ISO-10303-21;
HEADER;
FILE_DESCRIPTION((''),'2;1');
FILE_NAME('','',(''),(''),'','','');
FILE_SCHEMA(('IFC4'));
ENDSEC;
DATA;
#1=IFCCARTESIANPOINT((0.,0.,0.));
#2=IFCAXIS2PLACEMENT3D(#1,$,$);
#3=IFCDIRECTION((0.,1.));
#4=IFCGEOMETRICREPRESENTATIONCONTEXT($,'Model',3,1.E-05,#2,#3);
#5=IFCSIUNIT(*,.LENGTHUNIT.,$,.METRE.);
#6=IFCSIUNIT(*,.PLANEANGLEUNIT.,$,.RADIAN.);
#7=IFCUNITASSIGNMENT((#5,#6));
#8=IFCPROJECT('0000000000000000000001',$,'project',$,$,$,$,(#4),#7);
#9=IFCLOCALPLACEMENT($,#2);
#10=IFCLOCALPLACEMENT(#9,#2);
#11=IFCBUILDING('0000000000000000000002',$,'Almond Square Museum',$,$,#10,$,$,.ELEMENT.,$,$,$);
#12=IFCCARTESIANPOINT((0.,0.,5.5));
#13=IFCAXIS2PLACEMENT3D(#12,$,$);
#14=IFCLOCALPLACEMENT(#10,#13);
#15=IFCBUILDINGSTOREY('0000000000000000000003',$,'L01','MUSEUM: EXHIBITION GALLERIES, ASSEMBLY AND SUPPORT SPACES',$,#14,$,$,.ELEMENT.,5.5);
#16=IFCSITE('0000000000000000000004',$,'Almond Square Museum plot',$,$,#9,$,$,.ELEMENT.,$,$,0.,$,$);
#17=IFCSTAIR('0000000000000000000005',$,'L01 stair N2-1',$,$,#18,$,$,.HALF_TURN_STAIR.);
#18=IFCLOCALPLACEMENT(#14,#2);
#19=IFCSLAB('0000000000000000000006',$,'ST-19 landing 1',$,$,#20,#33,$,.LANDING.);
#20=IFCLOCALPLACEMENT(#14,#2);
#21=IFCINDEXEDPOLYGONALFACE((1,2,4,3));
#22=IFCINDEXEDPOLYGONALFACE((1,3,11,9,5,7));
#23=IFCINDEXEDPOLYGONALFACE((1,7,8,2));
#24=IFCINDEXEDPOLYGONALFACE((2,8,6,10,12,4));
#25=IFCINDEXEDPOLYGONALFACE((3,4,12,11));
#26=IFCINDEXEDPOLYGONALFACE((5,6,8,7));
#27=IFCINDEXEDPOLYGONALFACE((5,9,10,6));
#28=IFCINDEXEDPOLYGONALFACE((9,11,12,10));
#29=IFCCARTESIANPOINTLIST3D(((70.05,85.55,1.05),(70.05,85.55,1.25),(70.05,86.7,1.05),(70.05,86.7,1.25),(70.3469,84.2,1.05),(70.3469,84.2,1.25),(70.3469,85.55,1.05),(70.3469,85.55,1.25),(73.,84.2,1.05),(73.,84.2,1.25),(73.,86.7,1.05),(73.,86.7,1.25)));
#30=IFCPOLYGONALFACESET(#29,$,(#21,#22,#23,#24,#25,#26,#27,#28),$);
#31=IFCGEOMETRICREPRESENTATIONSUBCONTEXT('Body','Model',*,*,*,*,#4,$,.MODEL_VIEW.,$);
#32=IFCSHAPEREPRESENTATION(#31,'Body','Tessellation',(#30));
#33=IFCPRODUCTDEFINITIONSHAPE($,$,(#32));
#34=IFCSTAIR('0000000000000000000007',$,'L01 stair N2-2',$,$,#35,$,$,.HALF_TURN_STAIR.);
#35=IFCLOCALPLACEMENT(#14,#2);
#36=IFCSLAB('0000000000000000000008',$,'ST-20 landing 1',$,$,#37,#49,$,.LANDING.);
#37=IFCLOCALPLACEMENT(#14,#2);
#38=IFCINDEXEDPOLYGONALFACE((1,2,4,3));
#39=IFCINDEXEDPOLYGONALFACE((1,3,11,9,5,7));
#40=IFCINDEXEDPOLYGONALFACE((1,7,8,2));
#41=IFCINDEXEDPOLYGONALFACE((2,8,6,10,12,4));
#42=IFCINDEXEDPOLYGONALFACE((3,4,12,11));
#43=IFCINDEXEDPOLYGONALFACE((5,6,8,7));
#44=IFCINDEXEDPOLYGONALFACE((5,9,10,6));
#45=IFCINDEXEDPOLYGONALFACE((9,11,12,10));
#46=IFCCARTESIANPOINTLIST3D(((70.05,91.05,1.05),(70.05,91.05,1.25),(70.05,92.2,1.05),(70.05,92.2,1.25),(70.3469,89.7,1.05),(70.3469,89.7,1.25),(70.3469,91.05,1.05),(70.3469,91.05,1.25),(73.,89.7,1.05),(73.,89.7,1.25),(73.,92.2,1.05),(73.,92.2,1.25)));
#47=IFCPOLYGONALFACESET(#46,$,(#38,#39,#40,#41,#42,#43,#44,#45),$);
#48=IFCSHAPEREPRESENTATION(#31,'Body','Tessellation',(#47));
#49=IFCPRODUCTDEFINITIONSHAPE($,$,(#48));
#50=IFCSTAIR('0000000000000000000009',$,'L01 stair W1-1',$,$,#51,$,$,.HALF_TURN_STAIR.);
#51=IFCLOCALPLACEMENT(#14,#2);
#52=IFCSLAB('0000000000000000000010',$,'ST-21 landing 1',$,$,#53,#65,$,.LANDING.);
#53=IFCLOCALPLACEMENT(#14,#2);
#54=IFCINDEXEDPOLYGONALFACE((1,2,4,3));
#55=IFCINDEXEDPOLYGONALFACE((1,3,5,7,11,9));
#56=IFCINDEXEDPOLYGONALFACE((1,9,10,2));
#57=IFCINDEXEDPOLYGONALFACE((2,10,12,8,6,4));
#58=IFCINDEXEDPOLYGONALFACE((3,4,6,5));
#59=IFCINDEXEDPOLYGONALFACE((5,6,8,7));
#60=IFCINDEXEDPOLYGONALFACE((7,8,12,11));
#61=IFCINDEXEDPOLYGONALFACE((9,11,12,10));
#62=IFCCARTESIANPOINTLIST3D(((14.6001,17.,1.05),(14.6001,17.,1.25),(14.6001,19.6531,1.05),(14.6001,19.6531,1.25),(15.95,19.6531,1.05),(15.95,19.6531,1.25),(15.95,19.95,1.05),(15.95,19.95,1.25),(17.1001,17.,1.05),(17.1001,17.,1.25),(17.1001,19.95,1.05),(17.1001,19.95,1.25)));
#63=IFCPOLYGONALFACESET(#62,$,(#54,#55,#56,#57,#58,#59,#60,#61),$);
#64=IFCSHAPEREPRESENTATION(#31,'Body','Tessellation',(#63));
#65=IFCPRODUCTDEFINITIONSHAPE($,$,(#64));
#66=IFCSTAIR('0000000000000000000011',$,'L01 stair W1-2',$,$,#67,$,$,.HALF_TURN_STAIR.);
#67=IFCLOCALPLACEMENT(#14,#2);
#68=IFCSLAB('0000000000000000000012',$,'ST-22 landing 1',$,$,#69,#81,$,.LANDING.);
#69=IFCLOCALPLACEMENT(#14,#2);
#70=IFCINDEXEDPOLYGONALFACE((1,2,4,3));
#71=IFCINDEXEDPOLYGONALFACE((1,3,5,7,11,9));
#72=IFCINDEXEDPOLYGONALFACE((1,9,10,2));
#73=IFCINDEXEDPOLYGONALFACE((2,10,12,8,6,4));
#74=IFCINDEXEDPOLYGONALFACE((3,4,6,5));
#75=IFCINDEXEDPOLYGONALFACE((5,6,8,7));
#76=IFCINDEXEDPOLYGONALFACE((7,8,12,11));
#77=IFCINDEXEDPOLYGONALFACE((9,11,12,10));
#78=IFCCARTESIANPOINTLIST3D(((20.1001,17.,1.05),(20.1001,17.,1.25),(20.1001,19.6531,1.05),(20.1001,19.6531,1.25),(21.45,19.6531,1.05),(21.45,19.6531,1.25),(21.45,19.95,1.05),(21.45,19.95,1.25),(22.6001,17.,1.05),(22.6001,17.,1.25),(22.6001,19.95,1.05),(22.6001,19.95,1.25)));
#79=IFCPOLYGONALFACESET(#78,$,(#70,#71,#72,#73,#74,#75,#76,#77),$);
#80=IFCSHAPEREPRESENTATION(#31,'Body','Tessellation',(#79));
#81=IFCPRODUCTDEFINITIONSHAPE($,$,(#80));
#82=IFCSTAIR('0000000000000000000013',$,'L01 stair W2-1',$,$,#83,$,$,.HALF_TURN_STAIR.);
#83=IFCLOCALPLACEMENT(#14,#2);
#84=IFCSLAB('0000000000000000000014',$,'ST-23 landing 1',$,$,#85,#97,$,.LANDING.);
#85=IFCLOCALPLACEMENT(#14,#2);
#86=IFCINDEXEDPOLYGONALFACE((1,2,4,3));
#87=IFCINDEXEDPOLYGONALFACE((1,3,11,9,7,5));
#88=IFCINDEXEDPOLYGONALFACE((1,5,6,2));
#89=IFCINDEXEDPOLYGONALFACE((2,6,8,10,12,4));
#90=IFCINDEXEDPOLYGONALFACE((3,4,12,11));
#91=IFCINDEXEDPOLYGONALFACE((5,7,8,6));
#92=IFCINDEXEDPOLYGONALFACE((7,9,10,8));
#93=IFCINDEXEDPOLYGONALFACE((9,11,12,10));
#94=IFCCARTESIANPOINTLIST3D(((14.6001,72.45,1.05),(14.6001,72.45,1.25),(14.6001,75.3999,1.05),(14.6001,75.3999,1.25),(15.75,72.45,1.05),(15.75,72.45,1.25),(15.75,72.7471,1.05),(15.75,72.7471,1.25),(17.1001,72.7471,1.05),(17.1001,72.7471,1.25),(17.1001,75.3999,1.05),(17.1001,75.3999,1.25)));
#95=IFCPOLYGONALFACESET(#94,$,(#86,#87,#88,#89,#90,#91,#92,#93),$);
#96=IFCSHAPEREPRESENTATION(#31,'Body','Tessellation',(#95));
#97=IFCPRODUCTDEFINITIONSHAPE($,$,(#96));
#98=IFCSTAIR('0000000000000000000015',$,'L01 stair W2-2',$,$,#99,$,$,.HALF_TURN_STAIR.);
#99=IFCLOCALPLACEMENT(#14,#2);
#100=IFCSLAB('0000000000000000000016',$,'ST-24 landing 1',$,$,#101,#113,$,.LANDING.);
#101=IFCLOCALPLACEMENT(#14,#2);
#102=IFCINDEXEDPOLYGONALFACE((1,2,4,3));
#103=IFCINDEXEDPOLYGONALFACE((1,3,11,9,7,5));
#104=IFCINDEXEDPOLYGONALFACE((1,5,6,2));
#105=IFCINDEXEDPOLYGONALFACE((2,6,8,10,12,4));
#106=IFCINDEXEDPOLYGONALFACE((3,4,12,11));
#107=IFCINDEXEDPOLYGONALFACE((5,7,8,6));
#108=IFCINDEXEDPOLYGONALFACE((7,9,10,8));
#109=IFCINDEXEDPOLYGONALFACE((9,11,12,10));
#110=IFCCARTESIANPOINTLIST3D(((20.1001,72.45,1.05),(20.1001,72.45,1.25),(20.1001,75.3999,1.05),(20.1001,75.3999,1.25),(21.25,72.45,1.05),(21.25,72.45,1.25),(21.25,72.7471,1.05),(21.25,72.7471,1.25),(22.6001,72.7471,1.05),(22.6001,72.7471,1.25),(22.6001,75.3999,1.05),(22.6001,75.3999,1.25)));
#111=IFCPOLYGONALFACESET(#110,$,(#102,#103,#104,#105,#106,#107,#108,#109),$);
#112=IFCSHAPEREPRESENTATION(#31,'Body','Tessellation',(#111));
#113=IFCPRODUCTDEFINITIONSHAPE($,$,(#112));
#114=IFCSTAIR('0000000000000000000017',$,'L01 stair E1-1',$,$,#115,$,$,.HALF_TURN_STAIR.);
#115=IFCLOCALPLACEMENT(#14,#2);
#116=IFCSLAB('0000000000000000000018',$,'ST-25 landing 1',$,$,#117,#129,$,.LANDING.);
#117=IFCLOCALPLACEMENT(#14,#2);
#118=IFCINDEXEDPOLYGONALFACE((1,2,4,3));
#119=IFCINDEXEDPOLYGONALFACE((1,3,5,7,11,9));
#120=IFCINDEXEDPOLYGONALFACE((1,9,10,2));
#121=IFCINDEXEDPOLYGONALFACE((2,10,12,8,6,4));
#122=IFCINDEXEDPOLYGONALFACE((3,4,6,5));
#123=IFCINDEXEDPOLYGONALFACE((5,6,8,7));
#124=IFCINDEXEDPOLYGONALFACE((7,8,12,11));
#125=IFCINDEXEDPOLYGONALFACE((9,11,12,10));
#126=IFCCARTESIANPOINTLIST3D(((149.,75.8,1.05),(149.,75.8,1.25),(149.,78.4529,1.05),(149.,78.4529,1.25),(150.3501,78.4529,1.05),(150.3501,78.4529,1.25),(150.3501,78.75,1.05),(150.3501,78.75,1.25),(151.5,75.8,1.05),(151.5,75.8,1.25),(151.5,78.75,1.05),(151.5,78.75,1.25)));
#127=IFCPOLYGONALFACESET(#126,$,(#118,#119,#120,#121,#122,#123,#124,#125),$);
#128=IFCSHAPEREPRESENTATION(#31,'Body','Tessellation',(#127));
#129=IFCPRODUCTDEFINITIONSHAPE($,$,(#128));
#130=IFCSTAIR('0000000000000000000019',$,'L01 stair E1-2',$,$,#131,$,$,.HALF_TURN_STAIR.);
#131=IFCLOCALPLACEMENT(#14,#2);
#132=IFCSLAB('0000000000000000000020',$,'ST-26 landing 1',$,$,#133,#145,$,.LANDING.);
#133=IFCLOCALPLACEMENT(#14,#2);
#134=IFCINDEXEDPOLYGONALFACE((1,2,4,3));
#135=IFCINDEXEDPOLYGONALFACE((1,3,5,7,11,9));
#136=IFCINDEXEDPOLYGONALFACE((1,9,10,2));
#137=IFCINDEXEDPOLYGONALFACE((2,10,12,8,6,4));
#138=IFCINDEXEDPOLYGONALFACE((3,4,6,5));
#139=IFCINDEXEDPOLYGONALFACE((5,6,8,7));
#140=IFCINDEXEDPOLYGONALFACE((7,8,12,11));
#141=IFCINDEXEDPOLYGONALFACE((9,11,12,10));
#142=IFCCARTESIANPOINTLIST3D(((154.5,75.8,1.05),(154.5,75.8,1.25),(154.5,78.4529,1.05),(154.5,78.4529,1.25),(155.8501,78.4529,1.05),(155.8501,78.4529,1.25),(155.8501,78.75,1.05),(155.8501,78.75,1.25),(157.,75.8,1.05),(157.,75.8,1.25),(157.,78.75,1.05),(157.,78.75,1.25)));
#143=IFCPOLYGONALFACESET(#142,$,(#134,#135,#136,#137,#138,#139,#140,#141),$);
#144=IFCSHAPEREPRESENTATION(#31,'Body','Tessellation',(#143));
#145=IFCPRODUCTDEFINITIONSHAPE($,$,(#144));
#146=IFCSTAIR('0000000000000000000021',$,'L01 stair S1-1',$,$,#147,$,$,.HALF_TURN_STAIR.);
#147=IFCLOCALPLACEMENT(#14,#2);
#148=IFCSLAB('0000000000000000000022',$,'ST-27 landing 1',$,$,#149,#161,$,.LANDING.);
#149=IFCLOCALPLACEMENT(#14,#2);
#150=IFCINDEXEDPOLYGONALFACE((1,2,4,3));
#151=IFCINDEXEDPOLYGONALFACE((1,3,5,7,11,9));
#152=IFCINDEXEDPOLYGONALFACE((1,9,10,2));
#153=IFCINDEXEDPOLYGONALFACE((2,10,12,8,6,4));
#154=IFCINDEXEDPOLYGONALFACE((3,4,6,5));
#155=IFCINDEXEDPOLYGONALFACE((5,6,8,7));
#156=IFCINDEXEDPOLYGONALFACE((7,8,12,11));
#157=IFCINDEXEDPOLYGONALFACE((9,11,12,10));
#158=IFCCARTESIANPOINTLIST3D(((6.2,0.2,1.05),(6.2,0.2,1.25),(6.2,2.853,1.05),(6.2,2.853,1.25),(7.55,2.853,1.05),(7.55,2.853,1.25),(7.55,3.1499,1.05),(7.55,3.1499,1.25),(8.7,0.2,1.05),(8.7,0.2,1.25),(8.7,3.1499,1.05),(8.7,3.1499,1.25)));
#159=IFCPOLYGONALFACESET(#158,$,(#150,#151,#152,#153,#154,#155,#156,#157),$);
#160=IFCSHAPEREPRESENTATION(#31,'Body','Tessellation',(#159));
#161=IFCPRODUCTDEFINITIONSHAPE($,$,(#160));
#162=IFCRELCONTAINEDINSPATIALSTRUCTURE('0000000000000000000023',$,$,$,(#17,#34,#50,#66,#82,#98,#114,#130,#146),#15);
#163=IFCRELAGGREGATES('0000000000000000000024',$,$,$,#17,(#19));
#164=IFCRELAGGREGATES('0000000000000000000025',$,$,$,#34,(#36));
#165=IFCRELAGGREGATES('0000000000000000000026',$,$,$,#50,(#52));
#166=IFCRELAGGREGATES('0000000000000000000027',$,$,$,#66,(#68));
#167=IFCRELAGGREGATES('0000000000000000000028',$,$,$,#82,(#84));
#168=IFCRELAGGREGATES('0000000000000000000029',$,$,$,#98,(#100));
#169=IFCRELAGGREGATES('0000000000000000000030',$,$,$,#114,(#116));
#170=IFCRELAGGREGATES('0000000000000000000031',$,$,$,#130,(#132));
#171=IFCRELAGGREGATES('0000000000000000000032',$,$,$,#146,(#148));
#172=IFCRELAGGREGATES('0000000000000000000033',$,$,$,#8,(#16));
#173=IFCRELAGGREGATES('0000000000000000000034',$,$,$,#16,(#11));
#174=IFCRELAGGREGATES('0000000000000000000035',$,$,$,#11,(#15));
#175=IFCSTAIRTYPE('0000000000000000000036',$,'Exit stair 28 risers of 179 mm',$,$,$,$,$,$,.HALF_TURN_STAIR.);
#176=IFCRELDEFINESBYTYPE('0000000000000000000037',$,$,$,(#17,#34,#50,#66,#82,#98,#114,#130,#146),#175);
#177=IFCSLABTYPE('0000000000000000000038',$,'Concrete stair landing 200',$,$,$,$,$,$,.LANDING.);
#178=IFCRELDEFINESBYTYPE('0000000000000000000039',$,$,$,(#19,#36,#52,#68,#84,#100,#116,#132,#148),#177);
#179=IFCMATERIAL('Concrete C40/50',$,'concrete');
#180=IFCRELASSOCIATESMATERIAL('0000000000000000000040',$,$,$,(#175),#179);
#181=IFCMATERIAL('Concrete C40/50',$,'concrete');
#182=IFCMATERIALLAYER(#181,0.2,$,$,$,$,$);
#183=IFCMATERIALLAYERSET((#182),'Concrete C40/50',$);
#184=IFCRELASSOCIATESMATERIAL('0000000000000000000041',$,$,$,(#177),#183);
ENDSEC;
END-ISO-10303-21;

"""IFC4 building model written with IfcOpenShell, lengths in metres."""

from ifc_helpers import new_model, si_unit, direction, frame, origin, place, context, subcontext, project, spatial, polyline, outline, extrude, material, layer, layer_set, type_object, element, aggregate, save


model = new_model("IFC4")

# Units and contexts
model_context = context("Model", 3, precision=1e-05, world=origin(), true_north=direction((0.0, 1.0)))
body_context = subcontext(model_context, "Body", "Model", "MODEL_VIEW")
ifc_project = project(units=[si_unit("LENGTHUNIT", "METRE"), si_unit("PLANEANGLEUNIT", "RADIAN")], contexts=[model_context])

# Site, building, storey
site_placement = place(None, origin())
site = spatial("IfcSite", under=ifc_project, at=site_placement, Name="Almond Square Museum plot", CompositionType="ELEMENT", RefElevation=0.0)
building_placement = place(site_placement, origin())
building = spatial("IfcBuilding", under=site, at=building_placement, Name="Almond Square Museum", CompositionType="ELEMENT")
storey_placement = place(building_placement, frame((0.0, 0.0, 5.5)))
storey = spatial("IfcBuildingStorey", under=building, at=storey_placement, Name="L01", Description="MUSEUM: EXHIBITION GALLERIES, ASSEMBLY AND SUPPORT SPACES", CompositionType="ELEMENT", Elevation=5.5)

# Stairs, slabs
ifc_material_1 = material(Name="Concrete C40/50", Category="concrete")
stair_type = type_object("IfcStairType", Name="Exit stair 28 risers of 179 mm", PredefinedType="HALF_TURN_STAIR", material=ifc_material_1)
ifc_material_2 = material(Name="Concrete C40/50", Category="concrete")
ifc_layer = layer(ifc_material_2, 0.2)
ifc_layer_set = layer_set([ifc_layer], Name="Concrete C40/50")
slab_type = type_object("IfcSlabType", Name="Concrete stair landing 200", PredefinedType="LANDING", material=ifc_layer_set)
stair_1_placement = place(storey_placement, origin())
stair_1 = element("IfcStair", 1, at=stair_1_placement, inside=storey, type_object=stair_type, Name="L01 stair N2-1", PredefinedType="HALF_TURN_STAIR")
slab_1_placement = place(storey_placement, frame((0.0, 0.0, 1.05)))
slab_1 = element("IfcSlab", 2, at=slab_1_placement, type_object=slab_type, Name="ST-19 landing 1", PredefinedType="LANDING", context=body_context, shape_type="SweptSolid", body=[
    extrude(outline(polyline([(70.3469, 84.2), (73.0, 84.2), (73.0, 86.7), (70.05, 86.7), (70.05, 85.55), (70.3469, 85.55), (70.3469, 84.2)])), origin(), (0.0, 0.0, 1.0), 0.2),
])
aggregate(stair_1, [slab_1])
stair_2_placement = place(storey_placement, origin())
stair_2 = element("IfcStair", 3, at=stair_2_placement, inside=storey, type_object=stair_type, Name="L01 stair N2-2", PredefinedType="HALF_TURN_STAIR")
slab_2_placement = place(storey_placement, frame((0.0, 0.0, 1.05)))
slab_2 = element("IfcSlab", 4, at=slab_2_placement, type_object=slab_type, Name="ST-20 landing 1", PredefinedType="LANDING", context=body_context, shape_type="SweptSolid", body=[
    extrude(outline(polyline([(70.3469, 89.7), (73.0, 89.7), (73.0, 92.2), (70.05, 92.2), (70.05, 91.05), (70.3469, 91.05), (70.3469, 89.7)])), origin(), (0.0, 0.0, 1.0), 0.2),
])
aggregate(stair_2, [slab_2])
stair_3_placement = place(storey_placement, origin())
stair_3 = element("IfcStair", 5, at=stair_3_placement, inside=storey, type_object=stair_type, Name="L01 stair W1-1", PredefinedType="HALF_TURN_STAIR")
slab_3_placement = place(storey_placement, frame((0.0, 0.0, 1.05)))
slab_3 = element("IfcSlab", 6, at=slab_3_placement, type_object=slab_type, Name="ST-21 landing 1", PredefinedType="LANDING", context=body_context, shape_type="SweptSolid", body=[
    extrude(outline(polyline([(14.6001, 19.6531), (14.6001, 17.0), (17.1001, 17.0), (17.1001, 19.95), (15.95, 19.95), (15.95, 19.6531), (14.6001, 19.6531)])), origin(), (0.0, 0.0, 1.0), 0.2),
])
aggregate(stair_3, [slab_3])
stair_4_placement = place(storey_placement, origin())
stair_4 = element("IfcStair", 7, at=stair_4_placement, inside=storey, type_object=stair_type, Name="L01 stair W1-2", PredefinedType="HALF_TURN_STAIR")
slab_4_placement = place(storey_placement, frame((0.0, 0.0, 1.05)))
slab_4 = element("IfcSlab", 8, at=slab_4_placement, type_object=slab_type, Name="ST-22 landing 1", PredefinedType="LANDING", context=body_context, shape_type="SweptSolid", body=[
    extrude(outline(polyline([(20.1001, 19.6531), (20.1001, 17.0), (22.6001, 17.0), (22.6001, 19.95), (21.45, 19.95), (21.45, 19.6531), (20.1001, 19.6531)])), origin(), (0.0, 0.0, 1.0), 0.2),
])
aggregate(stair_4, [slab_4])
stair_5_placement = place(storey_placement, origin())
stair_5 = element("IfcStair", 9, at=stair_5_placement, inside=storey, type_object=stair_type, Name="L01 stair W2-1", PredefinedType="HALF_TURN_STAIR")
slab_5_placement = place(storey_placement, frame((0.0, 0.0, 1.05)))
slab_5 = element("IfcSlab", 10, at=slab_5_placement, type_object=slab_type, Name="ST-23 landing 1", PredefinedType="LANDING", context=body_context, shape_type="SweptSolid", body=[
    extrude(outline(polyline([(17.1001, 72.7471), (17.1001, 75.3999), (14.6001, 75.3999), (14.6001, 72.45), (15.75, 72.45), (15.75, 72.7471), (17.1001, 72.7471)])), origin(), (0.0, 0.0, 1.0), 0.2),
])
aggregate(stair_5, [slab_5])
stair_6_placement = place(storey_placement, origin())
stair_6 = element("IfcStair", 11, at=stair_6_placement, inside=storey, type_object=stair_type, Name="L01 stair W2-2", PredefinedType="HALF_TURN_STAIR")
slab_6_placement = place(storey_placement, frame((0.0, 0.0, 1.05)))
slab_6 = element("IfcSlab", 12, at=slab_6_placement, type_object=slab_type, Name="ST-24 landing 1", PredefinedType="LANDING", context=body_context, shape_type="SweptSolid", body=[
    extrude(outline(polyline([(22.6001, 72.7471), (22.6001, 75.3999), (20.1001, 75.3999), (20.1001, 72.45), (21.25, 72.45), (21.25, 72.7471), (22.6001, 72.7471)])), origin(), (0.0, 0.0, 1.0), 0.2),
])
aggregate(stair_6, [slab_6])
stair_7_placement = place(storey_placement, origin())
stair_7 = element("IfcStair", 13, at=stair_7_placement, inside=storey, type_object=stair_type, Name="L01 stair E1-1", PredefinedType="HALF_TURN_STAIR")
slab_7_placement = place(storey_placement, frame((0.0, 0.0, 1.05)))
slab_7 = element("IfcSlab", 14, at=slab_7_placement, type_object=slab_type, Name="ST-25 landing 1", PredefinedType="LANDING", context=body_context, shape_type="SweptSolid", body=[
    extrude(outline(polyline([(149.0, 78.4529), (149.0, 75.8), (151.5, 75.8), (151.5, 78.75), (150.3501, 78.75), (150.3501, 78.4529), (149.0, 78.4529)])), origin(), (0.0, 0.0, 1.0), 0.2),
])
aggregate(stair_7, [slab_7])
stair_8_placement = place(storey_placement, origin())
stair_8 = element("IfcStair", 15, at=stair_8_placement, inside=storey, type_object=stair_type, Name="L01 stair E1-2", PredefinedType="HALF_TURN_STAIR")
slab_8_placement = place(storey_placement, frame((0.0, 0.0, 1.05)))
slab_8 = element("IfcSlab", 16, at=slab_8_placement, type_object=slab_type, Name="ST-26 landing 1", PredefinedType="LANDING", context=body_context, shape_type="SweptSolid", body=[
    extrude(outline(polyline([(154.5, 78.4529), (154.5, 75.8), (157.0, 75.8), (157.0, 78.75), (155.8501, 78.75), (155.8501, 78.4529), (154.5, 78.4529)])), origin(), (0.0, 0.0, 1.0), 0.2),
])
aggregate(stair_8, [slab_8])
stair_9_placement = place(storey_placement, origin())
stair_9 = element("IfcStair", 17, at=stair_9_placement, inside=storey, type_object=stair_type, Name="L01 stair S1-1", PredefinedType="HALF_TURN_STAIR")
slab_9_placement = place(storey_placement, frame((0.0, 0.0, 1.05)))
slab_9 = element("IfcSlab", 18, at=slab_9_placement, type_object=slab_type, Name="ST-27 landing 1", PredefinedType="LANDING", context=body_context, shape_type="SweptSolid", body=[
    extrude(outline(polyline([(6.2, 2.853), (6.2, 0.2), (8.7, 0.2), (8.7, 3.1499), (7.55, 3.1499), (7.55, 2.853), (6.2, 2.853)])), origin(), (0.0, 0.0, 1.0), 0.2),
])
aggregate(stair_9, [slab_9])

save(model, "model.ifc")
